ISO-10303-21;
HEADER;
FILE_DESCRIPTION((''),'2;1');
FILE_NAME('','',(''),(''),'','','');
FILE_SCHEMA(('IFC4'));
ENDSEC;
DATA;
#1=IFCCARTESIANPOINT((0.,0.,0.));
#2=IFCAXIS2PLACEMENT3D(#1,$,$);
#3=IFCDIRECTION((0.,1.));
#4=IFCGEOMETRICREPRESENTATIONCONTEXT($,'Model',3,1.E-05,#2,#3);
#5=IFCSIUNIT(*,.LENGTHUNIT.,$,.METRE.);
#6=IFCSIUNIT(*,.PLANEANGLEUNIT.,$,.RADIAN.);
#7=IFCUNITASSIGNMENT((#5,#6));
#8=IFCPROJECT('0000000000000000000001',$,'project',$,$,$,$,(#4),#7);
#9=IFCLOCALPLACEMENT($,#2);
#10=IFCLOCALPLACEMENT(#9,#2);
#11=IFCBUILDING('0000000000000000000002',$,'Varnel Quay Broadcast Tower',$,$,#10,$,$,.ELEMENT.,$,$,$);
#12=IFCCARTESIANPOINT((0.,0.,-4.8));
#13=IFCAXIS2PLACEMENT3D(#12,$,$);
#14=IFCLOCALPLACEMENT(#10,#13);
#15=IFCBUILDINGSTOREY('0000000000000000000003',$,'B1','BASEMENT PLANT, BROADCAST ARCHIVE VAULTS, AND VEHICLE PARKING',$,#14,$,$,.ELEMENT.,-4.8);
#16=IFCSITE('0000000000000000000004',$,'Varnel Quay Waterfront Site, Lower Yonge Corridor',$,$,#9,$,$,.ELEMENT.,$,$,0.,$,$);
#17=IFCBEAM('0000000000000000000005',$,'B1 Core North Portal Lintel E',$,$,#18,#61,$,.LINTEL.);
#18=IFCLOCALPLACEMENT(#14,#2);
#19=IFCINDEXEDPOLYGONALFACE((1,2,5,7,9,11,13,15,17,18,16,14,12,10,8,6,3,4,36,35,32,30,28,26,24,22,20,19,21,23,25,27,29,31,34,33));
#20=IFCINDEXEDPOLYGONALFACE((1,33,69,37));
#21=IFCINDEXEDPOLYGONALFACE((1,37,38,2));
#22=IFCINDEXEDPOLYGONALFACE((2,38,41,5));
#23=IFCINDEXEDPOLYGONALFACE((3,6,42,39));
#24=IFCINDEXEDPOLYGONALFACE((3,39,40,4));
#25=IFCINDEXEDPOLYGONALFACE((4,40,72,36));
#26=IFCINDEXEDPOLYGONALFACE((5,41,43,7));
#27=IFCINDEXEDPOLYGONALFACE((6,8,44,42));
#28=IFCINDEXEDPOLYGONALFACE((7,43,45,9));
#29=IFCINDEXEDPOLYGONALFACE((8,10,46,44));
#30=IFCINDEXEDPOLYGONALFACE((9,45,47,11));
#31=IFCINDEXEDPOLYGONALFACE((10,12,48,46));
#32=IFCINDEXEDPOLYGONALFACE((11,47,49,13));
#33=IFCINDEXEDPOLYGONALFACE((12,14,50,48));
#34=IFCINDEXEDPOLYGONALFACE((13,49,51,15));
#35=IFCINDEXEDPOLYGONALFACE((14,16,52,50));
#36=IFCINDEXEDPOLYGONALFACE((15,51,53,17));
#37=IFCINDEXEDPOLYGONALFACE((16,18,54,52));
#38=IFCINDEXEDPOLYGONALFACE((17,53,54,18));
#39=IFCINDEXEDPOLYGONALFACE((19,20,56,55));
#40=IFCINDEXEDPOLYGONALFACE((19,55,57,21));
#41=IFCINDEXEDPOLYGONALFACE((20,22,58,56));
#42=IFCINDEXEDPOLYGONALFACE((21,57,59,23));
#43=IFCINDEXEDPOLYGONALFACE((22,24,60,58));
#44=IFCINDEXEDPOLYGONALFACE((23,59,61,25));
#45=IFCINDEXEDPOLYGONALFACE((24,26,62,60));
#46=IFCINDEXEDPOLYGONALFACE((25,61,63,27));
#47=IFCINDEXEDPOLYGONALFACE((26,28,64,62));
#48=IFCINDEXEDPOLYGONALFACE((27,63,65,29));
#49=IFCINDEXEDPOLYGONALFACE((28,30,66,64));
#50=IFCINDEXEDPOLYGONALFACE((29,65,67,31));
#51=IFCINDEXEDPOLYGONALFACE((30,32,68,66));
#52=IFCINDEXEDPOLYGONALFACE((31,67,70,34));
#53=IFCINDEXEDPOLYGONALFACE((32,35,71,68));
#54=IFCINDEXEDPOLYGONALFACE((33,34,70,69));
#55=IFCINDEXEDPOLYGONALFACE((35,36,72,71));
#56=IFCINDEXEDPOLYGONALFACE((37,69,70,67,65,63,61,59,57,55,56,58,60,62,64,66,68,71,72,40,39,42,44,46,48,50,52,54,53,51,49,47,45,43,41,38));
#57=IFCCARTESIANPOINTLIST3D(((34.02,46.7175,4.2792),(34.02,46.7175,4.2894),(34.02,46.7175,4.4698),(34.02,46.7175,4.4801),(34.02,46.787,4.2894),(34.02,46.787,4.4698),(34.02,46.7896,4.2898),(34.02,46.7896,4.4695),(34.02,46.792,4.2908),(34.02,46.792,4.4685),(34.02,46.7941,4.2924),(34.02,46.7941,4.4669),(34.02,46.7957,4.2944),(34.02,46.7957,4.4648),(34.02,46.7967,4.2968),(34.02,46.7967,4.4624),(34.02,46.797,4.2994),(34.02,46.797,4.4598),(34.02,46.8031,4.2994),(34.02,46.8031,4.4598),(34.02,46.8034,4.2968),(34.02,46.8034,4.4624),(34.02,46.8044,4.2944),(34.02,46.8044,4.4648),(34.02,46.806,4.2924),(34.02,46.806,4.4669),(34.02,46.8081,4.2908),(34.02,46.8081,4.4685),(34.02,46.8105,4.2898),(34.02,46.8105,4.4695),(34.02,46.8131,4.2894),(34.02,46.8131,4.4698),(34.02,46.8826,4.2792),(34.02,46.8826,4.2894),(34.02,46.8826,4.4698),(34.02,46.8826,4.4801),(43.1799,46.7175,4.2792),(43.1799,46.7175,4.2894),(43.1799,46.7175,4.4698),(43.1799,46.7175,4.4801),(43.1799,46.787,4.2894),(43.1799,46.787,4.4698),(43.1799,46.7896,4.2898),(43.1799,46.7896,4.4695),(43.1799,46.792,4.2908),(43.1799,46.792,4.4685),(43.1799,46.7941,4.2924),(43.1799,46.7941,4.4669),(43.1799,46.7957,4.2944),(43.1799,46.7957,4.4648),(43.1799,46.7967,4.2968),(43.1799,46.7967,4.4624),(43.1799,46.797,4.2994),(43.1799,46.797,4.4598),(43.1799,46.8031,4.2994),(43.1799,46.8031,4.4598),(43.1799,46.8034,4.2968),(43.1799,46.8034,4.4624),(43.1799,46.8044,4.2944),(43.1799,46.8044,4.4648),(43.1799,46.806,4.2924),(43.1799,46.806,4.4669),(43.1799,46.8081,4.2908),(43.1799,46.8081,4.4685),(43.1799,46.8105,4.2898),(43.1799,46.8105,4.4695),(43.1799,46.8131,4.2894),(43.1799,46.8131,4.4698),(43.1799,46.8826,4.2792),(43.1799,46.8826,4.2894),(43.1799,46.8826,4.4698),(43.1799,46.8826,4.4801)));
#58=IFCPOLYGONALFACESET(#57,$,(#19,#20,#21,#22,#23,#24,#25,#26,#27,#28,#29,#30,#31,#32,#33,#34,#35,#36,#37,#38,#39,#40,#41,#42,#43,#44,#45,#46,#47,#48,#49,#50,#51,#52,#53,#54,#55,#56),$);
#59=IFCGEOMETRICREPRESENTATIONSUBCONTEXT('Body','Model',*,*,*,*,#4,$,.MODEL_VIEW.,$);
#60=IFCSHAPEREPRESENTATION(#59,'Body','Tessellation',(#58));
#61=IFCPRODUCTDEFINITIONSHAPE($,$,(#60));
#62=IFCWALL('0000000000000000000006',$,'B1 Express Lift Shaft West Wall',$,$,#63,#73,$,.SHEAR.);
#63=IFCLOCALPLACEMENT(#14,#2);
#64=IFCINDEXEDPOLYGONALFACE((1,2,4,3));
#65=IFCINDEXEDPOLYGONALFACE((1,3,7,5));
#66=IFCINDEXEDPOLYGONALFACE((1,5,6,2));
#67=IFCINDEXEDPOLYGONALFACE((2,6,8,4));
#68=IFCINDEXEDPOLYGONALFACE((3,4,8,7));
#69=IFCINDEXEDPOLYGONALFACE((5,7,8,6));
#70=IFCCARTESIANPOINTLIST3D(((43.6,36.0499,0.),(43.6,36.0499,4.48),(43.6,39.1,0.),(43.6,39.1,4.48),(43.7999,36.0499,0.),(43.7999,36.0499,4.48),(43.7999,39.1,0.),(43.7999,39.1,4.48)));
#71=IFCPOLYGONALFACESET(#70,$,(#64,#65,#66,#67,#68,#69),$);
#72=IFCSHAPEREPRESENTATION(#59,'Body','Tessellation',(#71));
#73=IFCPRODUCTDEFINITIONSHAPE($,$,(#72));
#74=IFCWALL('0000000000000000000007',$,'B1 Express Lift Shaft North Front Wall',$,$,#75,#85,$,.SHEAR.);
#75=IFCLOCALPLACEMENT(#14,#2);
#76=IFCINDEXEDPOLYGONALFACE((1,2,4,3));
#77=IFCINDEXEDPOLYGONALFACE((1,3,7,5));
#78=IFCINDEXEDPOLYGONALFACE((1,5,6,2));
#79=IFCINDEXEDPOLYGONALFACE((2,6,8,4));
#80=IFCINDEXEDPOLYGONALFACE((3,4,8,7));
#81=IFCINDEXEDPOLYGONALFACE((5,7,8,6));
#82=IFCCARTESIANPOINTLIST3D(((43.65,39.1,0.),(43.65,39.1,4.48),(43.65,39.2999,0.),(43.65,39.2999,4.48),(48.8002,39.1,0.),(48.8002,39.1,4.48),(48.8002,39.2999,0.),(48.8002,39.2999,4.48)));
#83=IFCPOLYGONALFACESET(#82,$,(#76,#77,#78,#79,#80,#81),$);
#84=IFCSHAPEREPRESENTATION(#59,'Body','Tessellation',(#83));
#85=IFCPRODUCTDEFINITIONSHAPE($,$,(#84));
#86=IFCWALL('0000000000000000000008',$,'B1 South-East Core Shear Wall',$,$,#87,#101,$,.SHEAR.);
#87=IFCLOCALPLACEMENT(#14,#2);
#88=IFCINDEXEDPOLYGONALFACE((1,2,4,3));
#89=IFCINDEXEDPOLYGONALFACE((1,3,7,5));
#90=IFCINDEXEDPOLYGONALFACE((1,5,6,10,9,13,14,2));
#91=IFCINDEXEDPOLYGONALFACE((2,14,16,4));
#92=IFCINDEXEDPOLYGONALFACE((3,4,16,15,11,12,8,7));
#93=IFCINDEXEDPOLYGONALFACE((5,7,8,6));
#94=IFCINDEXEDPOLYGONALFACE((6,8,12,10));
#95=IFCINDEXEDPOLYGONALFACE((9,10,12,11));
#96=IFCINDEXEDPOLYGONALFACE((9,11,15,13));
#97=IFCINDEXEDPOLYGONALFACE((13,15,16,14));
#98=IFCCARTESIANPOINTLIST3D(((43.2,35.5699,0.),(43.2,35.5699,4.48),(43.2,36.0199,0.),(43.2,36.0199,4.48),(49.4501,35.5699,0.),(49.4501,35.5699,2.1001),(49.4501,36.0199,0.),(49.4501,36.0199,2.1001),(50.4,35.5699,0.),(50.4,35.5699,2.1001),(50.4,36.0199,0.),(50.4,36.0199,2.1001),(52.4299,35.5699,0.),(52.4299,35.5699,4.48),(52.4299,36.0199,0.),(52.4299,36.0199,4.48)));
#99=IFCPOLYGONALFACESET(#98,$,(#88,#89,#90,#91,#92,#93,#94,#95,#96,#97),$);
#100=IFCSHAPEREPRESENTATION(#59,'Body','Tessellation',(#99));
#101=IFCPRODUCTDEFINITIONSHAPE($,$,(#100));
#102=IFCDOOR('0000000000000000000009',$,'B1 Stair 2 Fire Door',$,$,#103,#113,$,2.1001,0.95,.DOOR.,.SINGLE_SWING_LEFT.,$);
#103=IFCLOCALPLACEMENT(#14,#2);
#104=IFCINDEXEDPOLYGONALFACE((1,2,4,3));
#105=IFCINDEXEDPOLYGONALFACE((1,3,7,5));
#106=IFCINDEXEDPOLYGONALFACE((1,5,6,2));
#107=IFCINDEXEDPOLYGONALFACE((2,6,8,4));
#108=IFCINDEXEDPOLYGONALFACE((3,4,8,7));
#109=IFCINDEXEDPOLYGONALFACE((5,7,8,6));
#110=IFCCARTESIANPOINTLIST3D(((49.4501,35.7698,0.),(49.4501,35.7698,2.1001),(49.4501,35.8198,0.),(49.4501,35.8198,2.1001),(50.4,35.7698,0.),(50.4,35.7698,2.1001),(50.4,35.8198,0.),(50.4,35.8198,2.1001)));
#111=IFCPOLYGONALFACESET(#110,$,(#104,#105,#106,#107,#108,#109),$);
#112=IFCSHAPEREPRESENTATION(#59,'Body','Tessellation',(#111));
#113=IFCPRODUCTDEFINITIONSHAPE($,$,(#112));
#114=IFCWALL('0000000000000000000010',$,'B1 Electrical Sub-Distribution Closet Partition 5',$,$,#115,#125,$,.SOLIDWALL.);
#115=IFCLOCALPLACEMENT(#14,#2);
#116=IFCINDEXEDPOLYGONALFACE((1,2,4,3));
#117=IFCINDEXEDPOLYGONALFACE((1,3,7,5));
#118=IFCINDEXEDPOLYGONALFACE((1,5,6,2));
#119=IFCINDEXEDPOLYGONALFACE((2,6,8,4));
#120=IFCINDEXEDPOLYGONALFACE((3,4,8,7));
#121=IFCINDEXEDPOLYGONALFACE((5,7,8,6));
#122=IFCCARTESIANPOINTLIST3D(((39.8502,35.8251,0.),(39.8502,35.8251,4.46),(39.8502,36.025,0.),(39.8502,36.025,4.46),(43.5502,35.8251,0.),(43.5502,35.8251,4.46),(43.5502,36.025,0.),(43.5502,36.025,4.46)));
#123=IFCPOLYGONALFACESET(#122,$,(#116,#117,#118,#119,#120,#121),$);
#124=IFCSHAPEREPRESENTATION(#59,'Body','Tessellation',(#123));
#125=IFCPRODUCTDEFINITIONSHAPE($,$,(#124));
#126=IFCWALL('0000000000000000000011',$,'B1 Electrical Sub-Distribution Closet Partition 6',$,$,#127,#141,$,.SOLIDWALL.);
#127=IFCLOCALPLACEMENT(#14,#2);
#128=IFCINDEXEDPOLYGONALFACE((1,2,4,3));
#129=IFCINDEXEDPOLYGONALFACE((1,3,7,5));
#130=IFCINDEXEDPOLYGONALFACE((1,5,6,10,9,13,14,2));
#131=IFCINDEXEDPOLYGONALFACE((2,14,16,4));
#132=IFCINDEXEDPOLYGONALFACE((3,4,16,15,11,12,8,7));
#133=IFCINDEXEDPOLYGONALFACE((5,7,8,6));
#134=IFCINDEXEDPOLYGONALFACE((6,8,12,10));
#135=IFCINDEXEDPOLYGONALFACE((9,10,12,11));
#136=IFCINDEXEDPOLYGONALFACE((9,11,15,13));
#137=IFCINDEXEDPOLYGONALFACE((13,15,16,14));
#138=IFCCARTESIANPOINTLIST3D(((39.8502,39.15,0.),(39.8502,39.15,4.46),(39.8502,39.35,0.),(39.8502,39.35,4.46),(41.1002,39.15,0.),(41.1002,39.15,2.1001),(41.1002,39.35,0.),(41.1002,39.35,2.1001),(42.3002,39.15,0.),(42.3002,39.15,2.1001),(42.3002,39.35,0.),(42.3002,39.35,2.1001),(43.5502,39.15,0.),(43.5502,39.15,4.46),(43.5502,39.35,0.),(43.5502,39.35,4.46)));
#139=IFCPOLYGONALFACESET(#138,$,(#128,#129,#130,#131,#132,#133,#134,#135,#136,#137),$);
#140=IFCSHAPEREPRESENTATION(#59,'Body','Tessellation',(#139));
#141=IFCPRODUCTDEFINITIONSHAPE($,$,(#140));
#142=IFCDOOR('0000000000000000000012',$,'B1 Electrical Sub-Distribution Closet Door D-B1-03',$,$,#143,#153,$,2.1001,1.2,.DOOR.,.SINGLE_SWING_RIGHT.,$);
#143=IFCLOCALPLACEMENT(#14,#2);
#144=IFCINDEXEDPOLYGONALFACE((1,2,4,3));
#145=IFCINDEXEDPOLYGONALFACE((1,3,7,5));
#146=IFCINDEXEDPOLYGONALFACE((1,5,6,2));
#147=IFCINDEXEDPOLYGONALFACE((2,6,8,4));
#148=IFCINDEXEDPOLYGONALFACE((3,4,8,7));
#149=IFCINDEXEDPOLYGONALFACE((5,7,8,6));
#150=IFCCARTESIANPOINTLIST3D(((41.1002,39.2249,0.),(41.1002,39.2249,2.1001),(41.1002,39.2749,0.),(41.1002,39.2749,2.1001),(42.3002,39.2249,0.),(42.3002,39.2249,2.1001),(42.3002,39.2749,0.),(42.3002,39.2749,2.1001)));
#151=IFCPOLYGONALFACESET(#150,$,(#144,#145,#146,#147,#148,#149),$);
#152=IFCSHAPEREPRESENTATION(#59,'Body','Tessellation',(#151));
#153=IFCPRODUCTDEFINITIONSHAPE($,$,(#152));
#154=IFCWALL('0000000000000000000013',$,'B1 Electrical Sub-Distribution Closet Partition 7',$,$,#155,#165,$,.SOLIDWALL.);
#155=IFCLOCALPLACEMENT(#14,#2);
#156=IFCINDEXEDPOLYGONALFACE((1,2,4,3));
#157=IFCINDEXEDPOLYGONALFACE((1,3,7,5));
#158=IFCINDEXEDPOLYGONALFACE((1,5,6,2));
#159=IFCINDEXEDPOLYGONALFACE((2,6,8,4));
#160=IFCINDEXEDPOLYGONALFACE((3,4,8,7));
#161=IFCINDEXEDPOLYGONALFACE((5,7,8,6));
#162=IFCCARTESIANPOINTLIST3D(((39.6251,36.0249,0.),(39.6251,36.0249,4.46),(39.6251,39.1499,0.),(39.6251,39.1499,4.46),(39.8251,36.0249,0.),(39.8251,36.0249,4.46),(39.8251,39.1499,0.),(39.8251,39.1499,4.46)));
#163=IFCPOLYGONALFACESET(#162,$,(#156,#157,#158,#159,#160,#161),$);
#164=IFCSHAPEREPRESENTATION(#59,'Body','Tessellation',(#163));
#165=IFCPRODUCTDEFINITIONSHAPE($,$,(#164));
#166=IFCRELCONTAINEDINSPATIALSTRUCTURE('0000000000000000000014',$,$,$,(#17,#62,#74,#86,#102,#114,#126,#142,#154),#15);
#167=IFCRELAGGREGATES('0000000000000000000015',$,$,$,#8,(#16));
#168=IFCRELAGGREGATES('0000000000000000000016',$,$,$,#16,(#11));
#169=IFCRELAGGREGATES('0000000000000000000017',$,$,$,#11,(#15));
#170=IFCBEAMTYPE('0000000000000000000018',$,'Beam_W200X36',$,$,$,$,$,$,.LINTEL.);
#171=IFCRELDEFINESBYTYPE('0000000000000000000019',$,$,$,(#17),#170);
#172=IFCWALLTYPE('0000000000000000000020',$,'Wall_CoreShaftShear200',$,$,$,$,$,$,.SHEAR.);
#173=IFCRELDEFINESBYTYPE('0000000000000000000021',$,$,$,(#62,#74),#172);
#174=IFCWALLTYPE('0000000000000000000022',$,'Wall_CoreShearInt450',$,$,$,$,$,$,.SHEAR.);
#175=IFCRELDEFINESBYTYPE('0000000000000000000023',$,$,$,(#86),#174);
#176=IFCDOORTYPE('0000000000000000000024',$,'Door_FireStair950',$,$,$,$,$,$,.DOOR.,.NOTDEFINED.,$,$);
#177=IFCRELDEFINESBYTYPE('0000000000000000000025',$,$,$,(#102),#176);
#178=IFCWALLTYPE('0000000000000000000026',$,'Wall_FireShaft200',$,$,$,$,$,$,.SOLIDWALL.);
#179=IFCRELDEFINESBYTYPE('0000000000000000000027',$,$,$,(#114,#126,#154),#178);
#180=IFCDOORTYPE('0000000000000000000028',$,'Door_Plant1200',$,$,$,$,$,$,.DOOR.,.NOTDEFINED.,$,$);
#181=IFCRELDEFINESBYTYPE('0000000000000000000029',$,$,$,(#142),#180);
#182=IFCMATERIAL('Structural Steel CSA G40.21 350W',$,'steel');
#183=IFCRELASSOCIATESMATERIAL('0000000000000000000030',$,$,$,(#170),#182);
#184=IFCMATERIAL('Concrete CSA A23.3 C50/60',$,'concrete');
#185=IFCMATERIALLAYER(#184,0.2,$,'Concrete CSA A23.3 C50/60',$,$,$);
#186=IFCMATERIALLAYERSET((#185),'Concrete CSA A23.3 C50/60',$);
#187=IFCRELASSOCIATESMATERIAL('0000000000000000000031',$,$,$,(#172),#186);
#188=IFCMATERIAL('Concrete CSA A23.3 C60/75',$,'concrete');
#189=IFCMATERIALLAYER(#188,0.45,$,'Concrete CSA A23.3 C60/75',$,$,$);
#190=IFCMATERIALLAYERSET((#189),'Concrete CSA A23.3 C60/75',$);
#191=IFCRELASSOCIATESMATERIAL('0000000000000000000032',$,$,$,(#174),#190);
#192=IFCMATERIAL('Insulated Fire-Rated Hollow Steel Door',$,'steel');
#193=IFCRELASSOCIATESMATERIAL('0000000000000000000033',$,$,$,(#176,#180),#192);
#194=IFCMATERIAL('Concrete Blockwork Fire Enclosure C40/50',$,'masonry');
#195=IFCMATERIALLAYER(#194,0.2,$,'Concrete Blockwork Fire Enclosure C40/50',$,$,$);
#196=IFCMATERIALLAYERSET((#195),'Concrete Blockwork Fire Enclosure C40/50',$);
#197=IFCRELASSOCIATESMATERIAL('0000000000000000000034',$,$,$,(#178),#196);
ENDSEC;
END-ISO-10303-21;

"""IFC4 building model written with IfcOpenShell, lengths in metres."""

from ifc_helpers import new_model, si_unit, direction, frame, frame_2d, origin, origin_2d, place, context, subcontext, project, spatial, rectangle, i_section, extrude, source, transform, mapped, material, layer, layer_set, material_profile, profile_set, type_object, type_shapes, element, fill, save


model = new_model("IFC4")

# Units and contexts
model_context = context("Model", 3, precision=1e-05, world=origin(), true_north=direction((0.0, 1.0)))
body_context = subcontext(model_context, "Body", "Model", "MODEL_VIEW")
ifc_project = project(units=[si_unit("LENGTHUNIT", "METRE"), si_unit("PLANEANGLEUNIT", "RADIAN")], contexts=[model_context])

# Site, building, storey
site_placement = place(None, origin())
site = spatial("IfcSite", under=ifc_project, at=site_placement, Name="Varnel Quay Waterfront Site, Lower Yonge Corridor", CompositionType="ELEMENT", RefElevation=0.0)
building_placement = place(site_placement, origin())
building = spatial("IfcBuilding", under=site, at=building_placement, Name="Varnel Quay Broadcast Tower", CompositionType="ELEMENT")
storey_placement = place(building_placement, frame((0.0, 0.0, -4.8)))
storey = spatial("IfcBuildingStorey", under=building, at=storey_placement, Name="B1", Description="BASEMENT PLANT, BROADCAST ARCHIVE VAULTS, AND VEHICLE PARKING", CompositionType="ELEMENT", Elevation=-4.8)

# Beam
ifc_material_1 = material(Name="Structural Steel CSA G40.21 350W", Category="steel")
ifc_material_profile_1 = material_profile(ifc_material_1, i_section(OverallWidth=0.165, OverallDepth=0.2009, WebThickness=0.0061, FlangeThickness=0.0103, FilletRadius=0.01, at=origin_2d()), Name="W200X36")
ifc_profile_set_1 = profile_set([ifc_material_profile_1], Name="Structural Steel CSA G40.21 350W")
beam_type_1 = type_object("IfcBeamType", Name="Beam_W200X36", PredefinedType="LINTEL", material=ifc_profile_set_1)
shared_shape_1 = source(origin(), body_context, "Body", "SweptSolid", [
    extrude(i_section(OverallWidth=0.165, OverallDepth=0.2009, WebThickness=0.0061, FlangeThickness=0.0103, FilletRadius=0.01, at=origin_2d()), origin(), (0.0, 0.0, 1.0), 9.1599),
])
type_shapes(beam_type_1, [shared_shape_1])
beam_1_placement = place(storey_placement, frame((34.02, 46.8, 4.3796), z_axis=(1.0, 0.0, 0.0), x_axis=(0.0, 1.0, 0.0)))
element("IfcBeam", 1, at=beam_1_placement, inside=storey, type_object=beam_type_1, Name="B1 Core North Portal Lintel E", PredefinedType="LINTEL", context=body_context, shape_type="MappedRepresentation", body=[
    mapped(shared_shape_1, transform((0.0, 0.0, 0.0), x_axis=(1.0, 0.0, 0.0), y_axis=(0.0, 1.0, 0.0), z_axis=(0.0, 0.0, 1.0), scale=1.0)),
])

# Walls
ifc_material_2 = material(Name="Concrete CSA A23.3 C50/60", Category="concrete")
ifc_layer_1 = layer(ifc_material_2, 0.2, Name="Concrete CSA A23.3 C50/60")
ifc_layer_set_1 = layer_set([ifc_layer_1], Name="Concrete CSA A23.3 C50/60")
wall_type_1 = type_object("IfcWallType", Name="Wall_CoreShaftShear200", PredefinedType="SHEAR", material=ifc_layer_set_1)
wall_1_placement = place(storey_placement, frame((43.7, 36.05, 0.0), z_axis=(0.0, 0.0, 1.0), x_axis=(0.0, 1.0, 0.0)))
element("IfcWall", 2, at=wall_1_placement, inside=storey, type_object=wall_type_1, Name="B1 Express Lift Shaft West Wall", PredefinedType="SHEAR", context=body_context, shape_type="SweptSolid", body=[
    extrude(rectangle(XDim=3.05, YDim=0.2, at=frame_2d((1.5249, 0.0))), origin(), (0.0, 0.0, 1.0), 4.48),
])
wall_2_placement = place(storey_placement, frame((43.6499, 39.2, 0.0), z_axis=(0.0, 0.0, 1.0), x_axis=(1.0, 0.0, 0.0)))
element("IfcWall", 3, at=wall_2_placement, inside=storey, type_object=wall_type_1, Name="B1 Express Lift Shaft North Front Wall", PredefinedType="SHEAR", context=body_context, shape_type="SweptSolid", body=[
    extrude(rectangle(XDim=5.1501, YDim=0.2, at=frame_2d((2.5752, 0.0))), origin(), (0.0, 0.0, 1.0), 4.48),
])

# Wall, opening, door
ifc_material_3 = material(Name="Concrete CSA A23.3 C60/75", Category="concrete")
ifc_layer_2 = layer(ifc_material_3, 0.45, Name="Concrete CSA A23.3 C60/75")
ifc_layer_set_2 = layer_set([ifc_layer_2], Name="Concrete CSA A23.3 C60/75")
wall_type_2 = type_object("IfcWallType", Name="Wall_CoreShearInt450", PredefinedType="SHEAR", material=ifc_layer_set_2)
wall_3_placement = place(storey_placement, frame((43.2, 35.7949, 0.0), z_axis=(0.0, 0.0, 1.0), x_axis=(1.0, 0.0, 0.0)))
wall_3 = element("IfcWall", 4, at=wall_3_placement, inside=storey, type_object=wall_type_2, Name="B1 South-East Core Shear Wall", PredefinedType="SHEAR", context=body_context, shape_type="SweptSolid", body=[
    extrude(rectangle(XDim=9.23, YDim=0.45, at=frame_2d((4.615, 0.0))), origin(), (0.0, 0.0, 1.0), 4.48),
])
opening_1_placement = place(wall_3_placement, frame((6.25, 0.0, 0.0)))
opening_1 = element("IfcOpeningElement", 5, at=opening_1_placement, cuts=wall_3, PredefinedType="OPENING", context=body_context, shape_type="SweptSolid", body=[
    extrude(rectangle(XDim=0.95, YDim=2.1001, at=frame_2d((0.4751, 1.05))), frame((0.0, 0.2349, 0.0), z_axis=(0.0, -1.0, 0.0), x_axis=(1.0, 0.0, 0.0)), (0.0, 0.0, 1.0), 0.47),
])
ifc_material_4 = material(Name="Insulated Fire-Rated Hollow Steel Door", Category="steel")
door_type_1 = type_object("IfcDoorType", Name="Door_FireStair950", OperationType="NOTDEFINED", PredefinedType="DOOR", material=ifc_material_4)
shared_shape_2 = source(origin(), body_context, "Body", "SweptSolid", [
    extrude(rectangle(XDim=0.95, YDim=2.1001, at=frame_2d((0.4751, 1.05))), frame((0.0, 0.0249, 0.0), z_axis=(0.0, -1.0, 0.0), x_axis=(1.0, 0.0, 0.0)), (0.0, 0.0, 1.0), 0.05),
])
type_shapes(door_type_1, [shared_shape_2])
door_1_placement = place(opening_1_placement, origin())
door_1 = element("IfcDoor", 6, at=door_1_placement, inside=storey, type_object=door_type_1, Name="B1 Stair 2 Fire Door", OperationType="SINGLE_SWING_LEFT", OverallHeight=2.1001, OverallWidth=0.95, PredefinedType="DOOR", context=body_context, shape_type="MappedRepresentation", body=[
    mapped(shared_shape_2, transform((0.0, 0.0, 0.0), x_axis=(1.0, 0.0, 0.0), y_axis=(0.0, 1.0, 0.0), z_axis=(0.0, 0.0, 1.0), scale=1.0)),
])
fill(opening_1, door_1)

# Wall
ifc_material_5 = material(Name="Concrete Blockwork Fire Enclosure C40/50", Category="masonry")
ifc_layer_3 = layer(ifc_material_5, 0.2, Name="Concrete Blockwork Fire Enclosure C40/50")
ifc_layer_set_3 = layer_set([ifc_layer_3], Name="Concrete Blockwork Fire Enclosure C40/50")
wall_type_3 = type_object("IfcWallType", Name="Wall_FireShaft200", PredefinedType="SOLIDWALL", material=ifc_layer_set_3)
wall_4_placement = place(storey_placement, frame((39.8501, 35.925, 0.0), z_axis=(0.0, 0.0, 1.0), x_axis=(1.0, 0.0, 0.0)))
element("IfcWall", 7, at=wall_4_placement, inside=storey, type_object=wall_type_3, Name="B1 Electrical Sub-Distribution Closet Partition 5", PredefinedType="SOLIDWALL", context=body_context, shape_type="SweptSolid", body=[
    extrude(rectangle(XDim=3.7, YDim=0.2, at=frame_2d((1.8501, 0.0))), origin(), (0.0, 0.0, 1.0), 4.46),
])

# Wall, opening, door
wall_5_placement = place(storey_placement, frame((39.8501, 39.25, 0.0), z_axis=(0.0, 0.0, 1.0), x_axis=(1.0, 0.0, 0.0)))
wall_5 = element("IfcWall", 8, at=wall_5_placement, inside=storey, type_object=wall_type_3, Name="B1 Electrical Sub-Distribution Closet Partition 6", PredefinedType="SOLIDWALL", context=body_context, shape_type="SweptSolid", body=[
    extrude(rectangle(XDim=3.7, YDim=0.2, at=frame_2d((1.8501, 0.0))), origin(), (0.0, 0.0, 1.0), 4.46),
])
opening_2_placement = place(wall_5_placement, frame((1.25, 0.0, 0.0)))
opening_2 = element("IfcOpeningElement", 9, at=opening_2_placement, cuts=wall_5, PredefinedType="OPENING", context=body_context, shape_type="SweptSolid", body=[
    extrude(rectangle(XDim=1.2, YDim=2.1001, at=frame_2d((0.6001, 1.05))), frame((0.0, 0.1099, 0.0), z_axis=(0.0, -1.0, 0.0), x_axis=(1.0, 0.0, 0.0)), (0.0, 0.0, 1.0), 0.22),
])
door_type_2 = type_object("IfcDoorType", Name="Door_Plant1200", OperationType="NOTDEFINED", PredefinedType="DOOR", material=ifc_material_4)
shared_shape_3 = source(origin(), body_context, "Body", "SweptSolid", [
    extrude(rectangle(XDim=1.2, YDim=2.1001, at=frame_2d((0.6001, 1.05))), frame((0.0, 0.0249, 0.0), z_axis=(0.0, -1.0, 0.0), x_axis=(1.0, 0.0, 0.0)), (0.0, 0.0, 1.0), 0.05),
])
type_shapes(door_type_2, [shared_shape_3])
door_2_placement = place(opening_2_placement, origin())
door_2 = element("IfcDoor", 10, at=door_2_placement, inside=storey, type_object=door_type_2, Name="B1 Electrical Sub-Distribution Closet Door D-B1-03", OperationType="SINGLE_SWING_RIGHT", OverallHeight=2.1001, OverallWidth=1.2, PredefinedType="DOOR", context=body_context, shape_type="MappedRepresentation", body=[
    mapped(shared_shape_3, transform((0.0, 0.0, 0.0), x_axis=(1.0, 0.0, 0.0), y_axis=(0.0, 1.0, 0.0), z_axis=(0.0, 0.0, 1.0), scale=1.0)),
])
fill(opening_2, door_2)

# Wall
wall_6_placement = place(storey_placement, frame((39.7251, 36.0249, 0.0), z_axis=(0.0, 0.0, 1.0), x_axis=(0.0, 1.0, 0.0)))
element("IfcWall", 11, at=wall_6_placement, inside=storey, type_object=wall_type_3, Name="B1 Electrical Sub-Distribution Closet Partition 7", PredefinedType="SOLIDWALL", context=body_context, shape_type="SweptSolid", body=[
    extrude(rectangle(XDim=3.125, YDim=0.2, at=frame_2d((1.5625, 0.0))), origin(), (0.0, 0.0, 1.0), 4.46),
])

save(model, "model.ifc")
